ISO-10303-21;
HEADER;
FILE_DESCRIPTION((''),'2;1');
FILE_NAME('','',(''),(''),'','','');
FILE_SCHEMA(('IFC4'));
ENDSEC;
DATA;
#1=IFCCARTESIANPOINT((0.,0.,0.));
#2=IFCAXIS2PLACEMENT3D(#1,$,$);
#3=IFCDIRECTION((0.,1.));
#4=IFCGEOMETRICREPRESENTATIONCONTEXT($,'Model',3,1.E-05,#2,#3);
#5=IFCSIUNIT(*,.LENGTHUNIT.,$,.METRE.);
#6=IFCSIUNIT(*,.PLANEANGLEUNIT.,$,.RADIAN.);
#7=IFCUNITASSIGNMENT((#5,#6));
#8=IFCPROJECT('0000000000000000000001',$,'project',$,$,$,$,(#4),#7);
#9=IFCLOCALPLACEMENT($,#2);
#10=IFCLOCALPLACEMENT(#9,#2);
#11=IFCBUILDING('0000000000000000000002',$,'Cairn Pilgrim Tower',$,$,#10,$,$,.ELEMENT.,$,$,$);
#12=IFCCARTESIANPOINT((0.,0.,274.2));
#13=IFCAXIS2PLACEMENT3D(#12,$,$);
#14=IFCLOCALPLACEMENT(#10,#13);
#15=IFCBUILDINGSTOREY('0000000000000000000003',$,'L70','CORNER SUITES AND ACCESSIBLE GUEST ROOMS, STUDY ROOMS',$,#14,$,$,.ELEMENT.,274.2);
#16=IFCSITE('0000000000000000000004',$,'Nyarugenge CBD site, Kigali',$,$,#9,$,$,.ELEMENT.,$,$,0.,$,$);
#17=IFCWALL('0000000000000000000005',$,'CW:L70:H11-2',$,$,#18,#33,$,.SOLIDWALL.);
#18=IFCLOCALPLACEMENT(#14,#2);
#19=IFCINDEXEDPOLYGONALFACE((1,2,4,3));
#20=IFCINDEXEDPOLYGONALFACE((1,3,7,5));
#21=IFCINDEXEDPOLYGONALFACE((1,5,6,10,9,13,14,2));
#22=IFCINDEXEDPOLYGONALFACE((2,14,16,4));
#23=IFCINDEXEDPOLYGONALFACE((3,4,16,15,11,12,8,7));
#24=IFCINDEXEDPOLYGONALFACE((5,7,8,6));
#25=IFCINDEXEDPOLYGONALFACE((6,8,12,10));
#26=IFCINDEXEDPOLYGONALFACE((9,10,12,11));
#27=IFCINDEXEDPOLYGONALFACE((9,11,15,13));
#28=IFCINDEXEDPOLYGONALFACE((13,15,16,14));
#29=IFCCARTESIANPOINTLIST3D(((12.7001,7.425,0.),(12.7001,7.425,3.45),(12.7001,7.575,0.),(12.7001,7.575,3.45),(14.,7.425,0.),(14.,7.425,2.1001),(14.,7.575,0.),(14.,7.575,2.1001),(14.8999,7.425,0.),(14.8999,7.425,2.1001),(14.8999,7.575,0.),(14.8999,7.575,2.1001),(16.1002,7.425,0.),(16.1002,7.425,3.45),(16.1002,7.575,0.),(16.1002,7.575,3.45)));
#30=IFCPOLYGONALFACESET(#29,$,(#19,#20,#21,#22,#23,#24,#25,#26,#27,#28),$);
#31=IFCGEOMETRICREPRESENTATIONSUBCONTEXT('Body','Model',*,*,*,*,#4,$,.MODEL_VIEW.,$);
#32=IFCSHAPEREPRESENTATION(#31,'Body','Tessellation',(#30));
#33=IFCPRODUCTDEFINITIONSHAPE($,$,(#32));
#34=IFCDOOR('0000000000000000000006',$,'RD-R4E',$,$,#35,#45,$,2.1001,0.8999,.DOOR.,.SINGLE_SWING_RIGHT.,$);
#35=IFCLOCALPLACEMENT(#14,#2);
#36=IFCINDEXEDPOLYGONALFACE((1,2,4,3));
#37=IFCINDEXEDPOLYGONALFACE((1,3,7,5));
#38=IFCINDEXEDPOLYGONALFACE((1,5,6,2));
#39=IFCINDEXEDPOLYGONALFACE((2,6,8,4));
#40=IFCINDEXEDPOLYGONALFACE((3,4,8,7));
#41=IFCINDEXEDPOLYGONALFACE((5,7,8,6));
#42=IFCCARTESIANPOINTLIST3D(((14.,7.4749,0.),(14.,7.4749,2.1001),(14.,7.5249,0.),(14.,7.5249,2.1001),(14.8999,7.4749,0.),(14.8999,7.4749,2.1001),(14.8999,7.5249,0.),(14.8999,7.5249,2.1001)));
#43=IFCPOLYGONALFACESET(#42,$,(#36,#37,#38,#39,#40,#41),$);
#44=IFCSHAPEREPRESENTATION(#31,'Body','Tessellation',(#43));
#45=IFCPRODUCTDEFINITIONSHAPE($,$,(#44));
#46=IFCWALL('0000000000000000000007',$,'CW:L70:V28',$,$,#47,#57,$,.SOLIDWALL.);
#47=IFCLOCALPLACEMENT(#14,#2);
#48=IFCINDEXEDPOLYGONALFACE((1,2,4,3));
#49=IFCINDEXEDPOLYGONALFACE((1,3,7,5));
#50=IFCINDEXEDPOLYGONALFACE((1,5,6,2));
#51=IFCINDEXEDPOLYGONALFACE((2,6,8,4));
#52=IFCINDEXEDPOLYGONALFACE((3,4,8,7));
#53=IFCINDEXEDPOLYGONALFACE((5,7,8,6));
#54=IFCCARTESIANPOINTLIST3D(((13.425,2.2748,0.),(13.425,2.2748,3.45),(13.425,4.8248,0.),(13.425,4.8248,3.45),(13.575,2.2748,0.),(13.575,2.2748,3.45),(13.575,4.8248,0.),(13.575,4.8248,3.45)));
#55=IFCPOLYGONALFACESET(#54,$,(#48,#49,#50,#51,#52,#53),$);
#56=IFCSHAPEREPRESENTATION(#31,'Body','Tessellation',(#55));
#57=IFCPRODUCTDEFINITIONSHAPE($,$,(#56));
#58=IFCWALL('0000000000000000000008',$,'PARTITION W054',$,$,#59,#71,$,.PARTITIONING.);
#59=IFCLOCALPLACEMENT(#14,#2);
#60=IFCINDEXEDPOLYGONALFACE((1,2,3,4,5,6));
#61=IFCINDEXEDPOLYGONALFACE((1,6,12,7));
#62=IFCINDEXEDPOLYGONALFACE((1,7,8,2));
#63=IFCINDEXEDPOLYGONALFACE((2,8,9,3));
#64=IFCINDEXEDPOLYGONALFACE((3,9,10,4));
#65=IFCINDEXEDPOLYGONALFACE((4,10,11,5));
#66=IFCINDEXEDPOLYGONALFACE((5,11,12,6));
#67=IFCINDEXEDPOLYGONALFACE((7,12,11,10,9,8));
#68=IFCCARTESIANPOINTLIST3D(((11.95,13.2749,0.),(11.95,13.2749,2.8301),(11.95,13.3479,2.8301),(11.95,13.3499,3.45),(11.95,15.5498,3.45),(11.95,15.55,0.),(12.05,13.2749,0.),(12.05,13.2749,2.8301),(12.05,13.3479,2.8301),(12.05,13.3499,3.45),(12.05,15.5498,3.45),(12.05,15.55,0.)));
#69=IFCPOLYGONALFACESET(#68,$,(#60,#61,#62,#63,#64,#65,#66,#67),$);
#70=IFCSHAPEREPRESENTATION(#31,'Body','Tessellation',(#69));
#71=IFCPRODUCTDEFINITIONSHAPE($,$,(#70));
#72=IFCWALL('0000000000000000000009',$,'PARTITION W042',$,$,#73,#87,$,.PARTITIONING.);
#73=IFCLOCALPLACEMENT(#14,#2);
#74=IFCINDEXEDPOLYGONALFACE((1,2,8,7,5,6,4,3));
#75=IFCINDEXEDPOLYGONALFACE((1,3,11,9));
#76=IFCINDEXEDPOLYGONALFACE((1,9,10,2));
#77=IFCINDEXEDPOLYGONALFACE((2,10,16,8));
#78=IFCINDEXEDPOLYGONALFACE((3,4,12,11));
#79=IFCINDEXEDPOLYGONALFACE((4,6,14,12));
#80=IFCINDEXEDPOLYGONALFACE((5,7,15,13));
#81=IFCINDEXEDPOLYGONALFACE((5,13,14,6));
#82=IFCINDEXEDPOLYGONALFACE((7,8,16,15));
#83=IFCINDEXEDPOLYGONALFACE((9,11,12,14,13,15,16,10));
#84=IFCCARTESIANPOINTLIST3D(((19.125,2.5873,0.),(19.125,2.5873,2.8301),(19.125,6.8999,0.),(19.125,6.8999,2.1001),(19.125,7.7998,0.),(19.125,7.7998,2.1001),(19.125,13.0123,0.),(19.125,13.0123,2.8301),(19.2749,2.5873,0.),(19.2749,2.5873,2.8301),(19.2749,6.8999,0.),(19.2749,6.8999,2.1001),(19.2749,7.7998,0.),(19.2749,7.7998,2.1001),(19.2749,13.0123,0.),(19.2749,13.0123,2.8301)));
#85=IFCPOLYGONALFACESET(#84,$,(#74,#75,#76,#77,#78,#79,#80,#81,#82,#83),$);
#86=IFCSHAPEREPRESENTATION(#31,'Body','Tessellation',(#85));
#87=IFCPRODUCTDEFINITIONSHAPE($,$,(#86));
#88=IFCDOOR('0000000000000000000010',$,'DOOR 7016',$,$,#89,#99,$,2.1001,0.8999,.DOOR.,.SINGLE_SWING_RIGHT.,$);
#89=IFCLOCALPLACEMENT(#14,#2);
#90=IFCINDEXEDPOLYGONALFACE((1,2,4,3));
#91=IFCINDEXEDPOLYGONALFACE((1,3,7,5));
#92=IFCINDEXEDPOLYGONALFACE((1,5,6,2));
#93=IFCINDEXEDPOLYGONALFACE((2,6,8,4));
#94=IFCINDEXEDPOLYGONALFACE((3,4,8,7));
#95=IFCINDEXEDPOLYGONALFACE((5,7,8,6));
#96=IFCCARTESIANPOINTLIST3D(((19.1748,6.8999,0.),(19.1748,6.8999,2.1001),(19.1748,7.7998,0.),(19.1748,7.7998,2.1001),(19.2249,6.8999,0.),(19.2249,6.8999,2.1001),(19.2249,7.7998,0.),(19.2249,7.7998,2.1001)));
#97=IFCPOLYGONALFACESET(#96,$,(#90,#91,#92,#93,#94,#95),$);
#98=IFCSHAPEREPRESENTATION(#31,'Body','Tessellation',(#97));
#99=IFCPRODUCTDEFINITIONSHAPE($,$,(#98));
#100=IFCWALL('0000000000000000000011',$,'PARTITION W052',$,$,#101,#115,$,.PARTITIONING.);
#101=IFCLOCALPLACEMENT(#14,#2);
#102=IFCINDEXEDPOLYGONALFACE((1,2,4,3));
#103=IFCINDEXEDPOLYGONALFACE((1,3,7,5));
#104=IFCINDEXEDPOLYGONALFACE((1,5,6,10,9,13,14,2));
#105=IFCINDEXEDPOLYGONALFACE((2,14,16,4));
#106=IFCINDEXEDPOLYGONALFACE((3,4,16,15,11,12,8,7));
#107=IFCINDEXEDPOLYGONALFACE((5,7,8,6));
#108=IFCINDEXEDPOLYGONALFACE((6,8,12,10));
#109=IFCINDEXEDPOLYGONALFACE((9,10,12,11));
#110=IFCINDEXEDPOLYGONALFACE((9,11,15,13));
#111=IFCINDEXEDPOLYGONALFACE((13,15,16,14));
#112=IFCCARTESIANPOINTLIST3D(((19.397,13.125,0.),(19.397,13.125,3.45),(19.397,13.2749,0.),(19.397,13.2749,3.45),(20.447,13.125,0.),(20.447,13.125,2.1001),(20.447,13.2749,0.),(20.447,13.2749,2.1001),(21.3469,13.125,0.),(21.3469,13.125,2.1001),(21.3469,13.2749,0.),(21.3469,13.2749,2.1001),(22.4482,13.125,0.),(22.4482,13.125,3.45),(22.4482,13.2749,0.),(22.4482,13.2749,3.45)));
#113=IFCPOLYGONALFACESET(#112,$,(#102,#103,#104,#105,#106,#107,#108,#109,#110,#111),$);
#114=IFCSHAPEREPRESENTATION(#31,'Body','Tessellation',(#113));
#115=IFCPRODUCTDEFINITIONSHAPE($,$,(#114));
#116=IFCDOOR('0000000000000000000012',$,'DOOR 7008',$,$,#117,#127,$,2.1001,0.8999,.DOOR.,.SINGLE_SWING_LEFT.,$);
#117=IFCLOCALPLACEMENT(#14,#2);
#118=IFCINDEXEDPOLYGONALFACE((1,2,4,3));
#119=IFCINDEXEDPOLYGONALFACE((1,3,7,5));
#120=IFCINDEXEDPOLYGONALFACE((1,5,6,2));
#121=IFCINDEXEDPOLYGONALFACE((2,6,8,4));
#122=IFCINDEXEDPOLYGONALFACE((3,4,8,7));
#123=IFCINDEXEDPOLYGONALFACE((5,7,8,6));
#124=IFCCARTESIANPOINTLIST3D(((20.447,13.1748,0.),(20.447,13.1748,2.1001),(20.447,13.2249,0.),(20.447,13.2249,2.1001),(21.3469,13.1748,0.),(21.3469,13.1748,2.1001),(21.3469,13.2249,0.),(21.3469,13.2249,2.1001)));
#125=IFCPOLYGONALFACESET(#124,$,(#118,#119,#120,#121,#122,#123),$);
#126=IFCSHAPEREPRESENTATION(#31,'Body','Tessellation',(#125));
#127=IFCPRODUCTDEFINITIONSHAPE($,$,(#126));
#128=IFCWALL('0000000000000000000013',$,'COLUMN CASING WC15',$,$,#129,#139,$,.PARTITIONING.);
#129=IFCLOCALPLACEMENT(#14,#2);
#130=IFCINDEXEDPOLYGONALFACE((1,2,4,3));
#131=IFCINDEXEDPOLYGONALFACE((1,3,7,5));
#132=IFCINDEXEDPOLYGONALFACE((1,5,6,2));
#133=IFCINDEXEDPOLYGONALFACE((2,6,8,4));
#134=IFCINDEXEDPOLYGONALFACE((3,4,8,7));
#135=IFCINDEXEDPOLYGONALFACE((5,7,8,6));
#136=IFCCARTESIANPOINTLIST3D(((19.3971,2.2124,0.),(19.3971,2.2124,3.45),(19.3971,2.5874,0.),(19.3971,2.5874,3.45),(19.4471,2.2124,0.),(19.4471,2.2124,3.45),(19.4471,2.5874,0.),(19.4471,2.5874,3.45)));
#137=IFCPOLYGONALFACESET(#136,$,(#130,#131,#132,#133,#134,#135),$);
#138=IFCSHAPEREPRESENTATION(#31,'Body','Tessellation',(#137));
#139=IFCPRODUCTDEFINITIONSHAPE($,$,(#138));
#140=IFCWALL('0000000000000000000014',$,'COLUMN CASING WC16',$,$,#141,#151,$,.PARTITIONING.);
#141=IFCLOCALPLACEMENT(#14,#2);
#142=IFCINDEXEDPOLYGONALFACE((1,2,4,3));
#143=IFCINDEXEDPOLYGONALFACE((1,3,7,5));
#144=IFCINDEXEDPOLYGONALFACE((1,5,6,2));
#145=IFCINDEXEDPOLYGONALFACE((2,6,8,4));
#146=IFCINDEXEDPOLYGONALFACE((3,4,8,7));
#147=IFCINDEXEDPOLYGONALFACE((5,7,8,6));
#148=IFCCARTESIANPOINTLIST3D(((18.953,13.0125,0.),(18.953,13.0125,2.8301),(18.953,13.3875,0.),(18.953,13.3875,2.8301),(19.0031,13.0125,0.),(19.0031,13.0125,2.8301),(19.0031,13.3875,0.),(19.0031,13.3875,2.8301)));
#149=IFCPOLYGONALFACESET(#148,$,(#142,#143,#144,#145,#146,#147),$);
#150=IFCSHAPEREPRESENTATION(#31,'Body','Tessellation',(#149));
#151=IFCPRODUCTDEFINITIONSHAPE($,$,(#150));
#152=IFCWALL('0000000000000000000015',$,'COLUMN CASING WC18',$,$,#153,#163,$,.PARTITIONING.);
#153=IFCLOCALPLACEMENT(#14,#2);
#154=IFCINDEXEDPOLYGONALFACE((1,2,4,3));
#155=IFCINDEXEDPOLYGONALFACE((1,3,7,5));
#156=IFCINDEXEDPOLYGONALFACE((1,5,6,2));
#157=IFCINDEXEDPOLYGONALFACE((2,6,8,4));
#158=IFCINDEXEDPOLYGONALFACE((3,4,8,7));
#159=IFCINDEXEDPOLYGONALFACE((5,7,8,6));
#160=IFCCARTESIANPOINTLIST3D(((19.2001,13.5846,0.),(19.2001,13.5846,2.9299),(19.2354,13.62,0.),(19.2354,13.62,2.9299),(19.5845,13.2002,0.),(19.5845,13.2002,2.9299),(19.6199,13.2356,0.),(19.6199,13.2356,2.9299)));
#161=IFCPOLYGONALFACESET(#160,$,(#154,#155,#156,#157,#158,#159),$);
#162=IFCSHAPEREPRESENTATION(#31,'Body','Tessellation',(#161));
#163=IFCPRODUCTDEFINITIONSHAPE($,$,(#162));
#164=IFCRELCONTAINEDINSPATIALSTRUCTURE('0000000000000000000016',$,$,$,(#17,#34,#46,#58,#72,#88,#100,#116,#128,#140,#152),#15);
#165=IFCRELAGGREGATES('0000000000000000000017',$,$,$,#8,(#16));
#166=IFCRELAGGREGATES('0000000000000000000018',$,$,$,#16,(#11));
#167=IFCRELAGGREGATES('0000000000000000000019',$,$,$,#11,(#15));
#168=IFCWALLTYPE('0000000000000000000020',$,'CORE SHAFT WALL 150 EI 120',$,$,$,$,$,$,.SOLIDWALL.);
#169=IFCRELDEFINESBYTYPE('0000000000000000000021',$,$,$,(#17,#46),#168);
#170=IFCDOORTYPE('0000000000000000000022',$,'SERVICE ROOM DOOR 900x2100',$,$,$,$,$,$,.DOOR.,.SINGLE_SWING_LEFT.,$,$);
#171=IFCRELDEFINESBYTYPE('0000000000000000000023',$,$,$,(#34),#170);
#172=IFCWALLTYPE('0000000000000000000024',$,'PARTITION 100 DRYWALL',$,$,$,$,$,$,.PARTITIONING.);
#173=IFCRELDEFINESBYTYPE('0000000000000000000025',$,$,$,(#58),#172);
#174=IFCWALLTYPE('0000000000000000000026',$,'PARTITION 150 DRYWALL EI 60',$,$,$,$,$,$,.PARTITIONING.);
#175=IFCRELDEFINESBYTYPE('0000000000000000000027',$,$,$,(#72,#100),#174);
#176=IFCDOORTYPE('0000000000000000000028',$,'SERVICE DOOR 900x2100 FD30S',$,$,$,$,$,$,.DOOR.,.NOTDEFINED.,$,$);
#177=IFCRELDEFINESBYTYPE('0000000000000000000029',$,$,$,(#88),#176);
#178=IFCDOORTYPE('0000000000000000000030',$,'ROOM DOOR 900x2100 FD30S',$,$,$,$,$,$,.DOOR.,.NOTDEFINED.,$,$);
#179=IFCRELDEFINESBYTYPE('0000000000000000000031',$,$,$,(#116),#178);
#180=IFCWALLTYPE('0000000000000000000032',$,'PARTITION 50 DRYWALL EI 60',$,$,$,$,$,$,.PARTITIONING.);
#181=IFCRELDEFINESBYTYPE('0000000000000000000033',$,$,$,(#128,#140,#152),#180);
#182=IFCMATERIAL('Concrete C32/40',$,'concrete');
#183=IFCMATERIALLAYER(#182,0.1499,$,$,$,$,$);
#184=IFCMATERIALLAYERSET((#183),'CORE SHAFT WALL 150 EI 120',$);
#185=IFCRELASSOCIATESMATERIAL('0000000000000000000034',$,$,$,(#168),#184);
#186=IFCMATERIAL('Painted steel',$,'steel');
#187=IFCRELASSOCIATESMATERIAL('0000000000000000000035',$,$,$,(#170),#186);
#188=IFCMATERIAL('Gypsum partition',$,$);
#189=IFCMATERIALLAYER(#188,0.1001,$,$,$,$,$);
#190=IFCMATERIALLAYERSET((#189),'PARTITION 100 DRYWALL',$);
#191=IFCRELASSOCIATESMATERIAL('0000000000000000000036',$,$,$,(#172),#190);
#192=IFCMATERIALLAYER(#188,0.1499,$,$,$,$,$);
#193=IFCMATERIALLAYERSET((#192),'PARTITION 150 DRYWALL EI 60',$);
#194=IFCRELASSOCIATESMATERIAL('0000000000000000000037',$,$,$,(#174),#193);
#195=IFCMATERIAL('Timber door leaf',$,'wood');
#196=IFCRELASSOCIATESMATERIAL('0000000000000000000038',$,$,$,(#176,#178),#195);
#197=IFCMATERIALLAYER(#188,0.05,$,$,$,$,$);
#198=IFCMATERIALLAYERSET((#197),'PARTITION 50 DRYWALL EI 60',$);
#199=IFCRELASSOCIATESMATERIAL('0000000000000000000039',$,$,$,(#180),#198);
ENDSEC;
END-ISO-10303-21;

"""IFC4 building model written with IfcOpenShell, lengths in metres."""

from ifc_helpers import new_model, si_unit, direction, frame, frame_2d, origin, place, context, subcontext, project, spatial, polyline, rectangle, outline, extrude, material, layer, layer_set, type_object, element, fill, save


model = new_model("IFC4")

# Units and contexts
model_context = context("Model", 3, precision=1e-05, world=origin(), true_north=direction((0.0, 1.0)))
body_context = subcontext(model_context, "Body", "Model", "MODEL_VIEW")
ifc_project = project(units=[si_unit("LENGTHUNIT", "METRE"), si_unit("PLANEANGLEUNIT", "RADIAN")], contexts=[model_context])

# Site, building, storey
site_placement = place(None, origin())
site = spatial("IfcSite", under=ifc_project, at=site_placement, Name="Nyarugenge CBD site, Kigali", CompositionType="ELEMENT", RefElevation=0.0)
building_placement = place(site_placement, origin())
building = spatial("IfcBuilding", under=site, at=building_placement, Name="Cairn Pilgrim Tower", CompositionType="ELEMENT")
storey_placement = place(building_placement, frame((0.0, 0.0, 274.2)))
storey = spatial("IfcBuildingStorey", under=building, at=storey_placement, Name="L70", Description="CORNER SUITES AND ACCESSIBLE GUEST ROOMS, STUDY ROOMS", CompositionType="ELEMENT", Elevation=274.2)

# Shared definitions
ifc_material_1 = material(Name="Concrete C32/40", Category="concrete")

# Wall, opening, door
ifc_layer_1 = layer(ifc_material_1, 0.1499)
ifc_layer_set_1 = layer_set([ifc_layer_1], Name="CORE SHAFT WALL 150 EI 120")
wall_type_1 = type_object("IfcWallType", Name="CORE SHAFT WALL 150 EI 120", PredefinedType="SOLIDWALL", material=ifc_layer_set_1)
wall_1_placement = place(storey_placement, frame((12.7, 7.5, 0.0), z_axis=(0.0, 0.0, 1.0), x_axis=(1.0, 0.0, 0.0)))
wall_1 = element("IfcWall", 1, at=wall_1_placement, inside=storey, type_object=wall_type_1, Name="CW:L70:H11-2", PredefinedType="SOLIDWALL", context=body_context, shape_type="SweptSolid", body=[
    extrude(rectangle(XDim=3.4001, YDim=0.1499, at=frame_2d((1.7002, 0.0))), origin(), (0.0, 0.0, 1.0), 3.45),
])
opening_1_placement = place(wall_1_placement, frame((1.3, 0.0, 0.0)))
opening_1 = element("IfcOpeningElement", 2, at=opening_1_placement, cuts=wall_1, PredefinedType="OPENING", context=body_context, shape_type="SweptSolid", body=[
    extrude(rectangle(XDim=0.8999, YDim=2.1001, at=frame_2d((0.45, 1.05))), frame((0.0, 0.085, 0.0), z_axis=(0.0, -1.0, 0.0), x_axis=(1.0, 0.0, 0.0)), (0.0, 0.0, 1.0), 0.1699),
])
ifc_material_2 = material(Name="Painted steel", Category="steel")
door_type_1 = type_object("IfcDoorType", Name="SERVICE ROOM DOOR 900x2100", OperationType="SINGLE_SWING_LEFT", PredefinedType="DOOR", material=ifc_material_2)
door_1_placement = place(opening_1_placement, origin())
door_1 = element("IfcDoor", 3, at=door_1_placement, inside=storey, type_object=door_type_1, Name="RD-R4E", OperationType="SINGLE_SWING_RIGHT", OverallHeight=2.1001, OverallWidth=0.8999, PredefinedType="DOOR", context=body_context, shape_type="SweptSolid", body=[
    extrude(rectangle(XDim=0.8999, YDim=2.1001, at=frame_2d((0.45, 1.05))), frame((0.0, 0.0249, 0.0), z_axis=(0.0, -1.0, 0.0), x_axis=(1.0, 0.0, 0.0)), (0.0, 0.0, 1.0), 0.05),
])
fill(opening_1, door_1)

# Walls
wall_2_placement = place(storey_placement, frame((13.5, 2.2749, 0.0), z_axis=(0.0, 0.0, 1.0), x_axis=(0.0, 1.0, 0.0)))
element("IfcWall", 4, at=wall_2_placement, inside=storey, type_object=wall_type_1, Name="CW:L70:V28", PredefinedType="SOLIDWALL", context=body_context, shape_type="SweptSolid", body=[
    extrude(rectangle(XDim=2.55, YDim=0.1499, at=frame_2d((1.2749, 0.0))), origin(), (0.0, 0.0, 1.0), 3.45),
])
ifc_material_3 = material(Name="Gypsum partition")
ifc_layer_2 = layer(ifc_material_3, 0.1001)
ifc_layer_set_2 = layer_set([ifc_layer_2], Name="PARTITION 100 DRYWALL")
wall_type_2 = type_object("IfcWallType", Name="PARTITION 100 DRYWALL", PredefinedType="PARTITIONING", material=ifc_layer_set_2)
wall_3_placement = place(storey_placement, frame((12.0, 13.2749, 0.0), z_axis=(0.0, 0.0, 1.0), x_axis=(0.0, 1.0, 0.0)))
element("IfcWall", 5, at=wall_3_placement, inside=storey, type_object=wall_type_2, Name="PARTITION W054", PredefinedType="PARTITIONING", context=body_context, shape_type="SweptSolid", body=[
    extrude(outline(polyline([(0.0, 0.0), (2.2751, 0.0), (2.2749, 3.45), (0.075, 3.45), (0.073, 2.8301), (0.0, 2.8301), (0.0, 0.0)])), frame((0.0, 0.05, 0.0), z_axis=(0.0, -1.0, 0.0), x_axis=(1.0, 0.0, 0.0)), (0.0, 0.0, 1.0), 0.1001),
])

# Walls, openings, doors
ifc_layer_3 = layer(ifc_material_3, 0.1499)
ifc_layer_set_3 = layer_set([ifc_layer_3], Name="PARTITION 150 DRYWALL EI 60")
wall_type_3 = type_object("IfcWallType", Name="PARTITION 150 DRYWALL EI 60", PredefinedType="PARTITIONING", material=ifc_layer_set_3)
wall_4_placement = place(storey_placement, frame((19.2, 2.5874, 0.0), z_axis=(0.0, 0.0, 1.0), x_axis=(0.0, 1.0, 0.0)))
wall_4 = element("IfcWall", 6, at=wall_4_placement, inside=storey, type_object=wall_type_3, Name="PARTITION W042", PredefinedType="PARTITIONING", context=body_context, shape_type="SweptSolid", body=[
    extrude(rectangle(XDim=10.425, YDim=0.1499, at=frame_2d((5.2124, 0.0))), origin(), (0.0, 0.0, 1.0), 2.8301),
])
opening_2_placement = place(wall_4_placement, frame((4.3125, 0.0, 0.0)))
opening_2 = element("IfcOpeningElement", 7, at=opening_2_placement, cuts=wall_4, PredefinedType="OPENING", context=body_context, shape_type="SweptSolid", body=[
    extrude(rectangle(XDim=0.8999, YDim=2.1001, at=frame_2d((0.45, 1.05))), frame((0.0, 0.085, 0.0), z_axis=(0.0, -1.0, 0.0), x_axis=(1.0, 0.0, 0.0)), (0.0, 0.0, 1.0), 0.1699),
])
ifc_material_4 = material(Name="Timber door leaf", Category="wood")
door_type_2 = type_object("IfcDoorType", Name="SERVICE DOOR 900x2100 FD30S", OperationType="NOTDEFINED", PredefinedType="DOOR", material=ifc_material_4)
door_2_placement = place(opening_2_placement, frame((0.8999, 0.0, 0.0), z_axis=(0.0, 0.0, 1.0), x_axis=(-1.0, 0.0, 0.0)))
door_2 = element("IfcDoor", 8, at=door_2_placement, inside=storey, type_object=door_type_2, Name="DOOR 7016", OperationType="SINGLE_SWING_RIGHT", OverallHeight=2.1001, OverallWidth=0.8999, PredefinedType="DOOR", context=body_context, shape_type="SweptSolid", body=[
    extrude(rectangle(XDim=0.8999, YDim=2.1001, at=frame_2d((0.45, 1.05))), frame((0.0, 0.0249, 0.0), z_axis=(0.0, -1.0, 0.0), x_axis=(1.0, 0.0, 0.0)), (0.0, 0.0, 1.0), 0.05),
])
fill(opening_2, door_2)
wall_5_placement = place(storey_placement, frame((19.397, 13.2, 0.0), z_axis=(0.0, 0.0, 1.0), x_axis=(1.0, 0.0, 0.0)))
wall_5 = element("IfcWall", 9, at=wall_5_placement, inside=storey, type_object=wall_type_3, Name="PARTITION W052", PredefinedType="PARTITIONING", context=body_context, shape_type="SweptSolid", body=[
    extrude(rectangle(XDim=3.0513, YDim=0.1499, at=frame_2d((1.5256, 0.0))), origin(), (0.0, 0.0, 1.0), 3.45),
])
opening_3_placement = place(wall_5_placement, frame((1.05, 0.0, 0.0)))
opening_3 = element("IfcOpeningElement", 10, at=opening_3_placement, cuts=wall_5, PredefinedType="OPENING", context=body_context, shape_type="SweptSolid", body=[
    extrude(rectangle(XDim=0.8999, YDim=2.1001, at=frame_2d((0.45, 1.05))), frame((0.0, 0.085, 0.0), z_axis=(0.0, -1.0, 0.0), x_axis=(1.0, 0.0, 0.0)), (0.0, 0.0, 1.0), 0.1699),
])
door_type_3 = type_object("IfcDoorType", Name="ROOM DOOR 900x2100 FD30S", OperationType="NOTDEFINED", PredefinedType="DOOR", material=ifc_material_4)
door_3_placement = place(opening_3_placement, origin())
door_3 = element("IfcDoor", 11, at=door_3_placement, inside=storey, type_object=door_type_3, Name="DOOR 7008", OperationType="SINGLE_SWING_LEFT", OverallHeight=2.1001, OverallWidth=0.8999, PredefinedType="DOOR", context=body_context, shape_type="SweptSolid", body=[
    extrude(rectangle(XDim=0.8999, YDim=2.1001, at=frame_2d((0.45, 1.05))), frame((0.0, 0.0249, 0.0), z_axis=(0.0, -1.0, 0.0), x_axis=(1.0, 0.0, 0.0)), (0.0, 0.0, 1.0), 0.05),
])
fill(opening_3, door_3)

# Walls
ifc_layer_4 = layer(ifc_material_3, 0.05)
ifc_layer_set_4 = layer_set([ifc_layer_4], Name="PARTITION 50 DRYWALL EI 60")
wall_type_4 = type_object("IfcWallType", Name="PARTITION 50 DRYWALL EI 60", PredefinedType="PARTITIONING", material=ifc_layer_set_4)
wall_6_placement = place(storey_placement, frame((19.4221, 2.2124, 0.0), z_axis=(0.0, 0.0, 1.0), x_axis=(0.0, 1.0, 0.0)))
element("IfcWall", 12, at=wall_6_placement, inside=storey, type_object=wall_type_4, Name="COLUMN CASING WC15", PredefinedType="PARTITIONING", context=body_context, shape_type="SweptSolid", body=[
    extrude(rectangle(XDim=0.375, YDim=0.05, at=frame_2d((0.1875, 0.0))), origin(), (0.0, 0.0, 1.0), 3.45),
])
wall_7_placement = place(storey_placement, frame((18.978, 13.0125, 0.0), z_axis=(0.0, 0.0, 1.0), x_axis=(0.0, 1.0, 0.0)))
element("IfcWall", 13, at=wall_7_placement, inside=storey, type_object=wall_type_4, Name="COLUMN CASING WC16", PredefinedType="PARTITIONING", context=body_context, shape_type="SweptSolid", body=[
    extrude(rectangle(XDim=0.375, YDim=0.05, at=frame_2d((0.1875, 0.0))), origin(), (0.0, 0.0, 1.0), 2.8301),
])
wall_8_placement = place(storey_placement, frame((19.6023, 13.2178, 0.0), z_axis=(0.0, 0.0, 1.0), x_axis=(-0.707107, 0.707107, 0.0)))
element("IfcWall", 14, at=wall_8_placement, inside=storey, type_object=wall_type_4, Name="COLUMN CASING WC18", PredefinedType="PARTITIONING", context=body_context, shape_type="SweptSolid", body=[
    extrude(rectangle(XDim=0.5437, YDim=0.05, at=frame_2d((0.272, 0.0))), origin(), (0.0, 0.0, 1.0), 2.9299),
])

save(model, "model.ifc")
